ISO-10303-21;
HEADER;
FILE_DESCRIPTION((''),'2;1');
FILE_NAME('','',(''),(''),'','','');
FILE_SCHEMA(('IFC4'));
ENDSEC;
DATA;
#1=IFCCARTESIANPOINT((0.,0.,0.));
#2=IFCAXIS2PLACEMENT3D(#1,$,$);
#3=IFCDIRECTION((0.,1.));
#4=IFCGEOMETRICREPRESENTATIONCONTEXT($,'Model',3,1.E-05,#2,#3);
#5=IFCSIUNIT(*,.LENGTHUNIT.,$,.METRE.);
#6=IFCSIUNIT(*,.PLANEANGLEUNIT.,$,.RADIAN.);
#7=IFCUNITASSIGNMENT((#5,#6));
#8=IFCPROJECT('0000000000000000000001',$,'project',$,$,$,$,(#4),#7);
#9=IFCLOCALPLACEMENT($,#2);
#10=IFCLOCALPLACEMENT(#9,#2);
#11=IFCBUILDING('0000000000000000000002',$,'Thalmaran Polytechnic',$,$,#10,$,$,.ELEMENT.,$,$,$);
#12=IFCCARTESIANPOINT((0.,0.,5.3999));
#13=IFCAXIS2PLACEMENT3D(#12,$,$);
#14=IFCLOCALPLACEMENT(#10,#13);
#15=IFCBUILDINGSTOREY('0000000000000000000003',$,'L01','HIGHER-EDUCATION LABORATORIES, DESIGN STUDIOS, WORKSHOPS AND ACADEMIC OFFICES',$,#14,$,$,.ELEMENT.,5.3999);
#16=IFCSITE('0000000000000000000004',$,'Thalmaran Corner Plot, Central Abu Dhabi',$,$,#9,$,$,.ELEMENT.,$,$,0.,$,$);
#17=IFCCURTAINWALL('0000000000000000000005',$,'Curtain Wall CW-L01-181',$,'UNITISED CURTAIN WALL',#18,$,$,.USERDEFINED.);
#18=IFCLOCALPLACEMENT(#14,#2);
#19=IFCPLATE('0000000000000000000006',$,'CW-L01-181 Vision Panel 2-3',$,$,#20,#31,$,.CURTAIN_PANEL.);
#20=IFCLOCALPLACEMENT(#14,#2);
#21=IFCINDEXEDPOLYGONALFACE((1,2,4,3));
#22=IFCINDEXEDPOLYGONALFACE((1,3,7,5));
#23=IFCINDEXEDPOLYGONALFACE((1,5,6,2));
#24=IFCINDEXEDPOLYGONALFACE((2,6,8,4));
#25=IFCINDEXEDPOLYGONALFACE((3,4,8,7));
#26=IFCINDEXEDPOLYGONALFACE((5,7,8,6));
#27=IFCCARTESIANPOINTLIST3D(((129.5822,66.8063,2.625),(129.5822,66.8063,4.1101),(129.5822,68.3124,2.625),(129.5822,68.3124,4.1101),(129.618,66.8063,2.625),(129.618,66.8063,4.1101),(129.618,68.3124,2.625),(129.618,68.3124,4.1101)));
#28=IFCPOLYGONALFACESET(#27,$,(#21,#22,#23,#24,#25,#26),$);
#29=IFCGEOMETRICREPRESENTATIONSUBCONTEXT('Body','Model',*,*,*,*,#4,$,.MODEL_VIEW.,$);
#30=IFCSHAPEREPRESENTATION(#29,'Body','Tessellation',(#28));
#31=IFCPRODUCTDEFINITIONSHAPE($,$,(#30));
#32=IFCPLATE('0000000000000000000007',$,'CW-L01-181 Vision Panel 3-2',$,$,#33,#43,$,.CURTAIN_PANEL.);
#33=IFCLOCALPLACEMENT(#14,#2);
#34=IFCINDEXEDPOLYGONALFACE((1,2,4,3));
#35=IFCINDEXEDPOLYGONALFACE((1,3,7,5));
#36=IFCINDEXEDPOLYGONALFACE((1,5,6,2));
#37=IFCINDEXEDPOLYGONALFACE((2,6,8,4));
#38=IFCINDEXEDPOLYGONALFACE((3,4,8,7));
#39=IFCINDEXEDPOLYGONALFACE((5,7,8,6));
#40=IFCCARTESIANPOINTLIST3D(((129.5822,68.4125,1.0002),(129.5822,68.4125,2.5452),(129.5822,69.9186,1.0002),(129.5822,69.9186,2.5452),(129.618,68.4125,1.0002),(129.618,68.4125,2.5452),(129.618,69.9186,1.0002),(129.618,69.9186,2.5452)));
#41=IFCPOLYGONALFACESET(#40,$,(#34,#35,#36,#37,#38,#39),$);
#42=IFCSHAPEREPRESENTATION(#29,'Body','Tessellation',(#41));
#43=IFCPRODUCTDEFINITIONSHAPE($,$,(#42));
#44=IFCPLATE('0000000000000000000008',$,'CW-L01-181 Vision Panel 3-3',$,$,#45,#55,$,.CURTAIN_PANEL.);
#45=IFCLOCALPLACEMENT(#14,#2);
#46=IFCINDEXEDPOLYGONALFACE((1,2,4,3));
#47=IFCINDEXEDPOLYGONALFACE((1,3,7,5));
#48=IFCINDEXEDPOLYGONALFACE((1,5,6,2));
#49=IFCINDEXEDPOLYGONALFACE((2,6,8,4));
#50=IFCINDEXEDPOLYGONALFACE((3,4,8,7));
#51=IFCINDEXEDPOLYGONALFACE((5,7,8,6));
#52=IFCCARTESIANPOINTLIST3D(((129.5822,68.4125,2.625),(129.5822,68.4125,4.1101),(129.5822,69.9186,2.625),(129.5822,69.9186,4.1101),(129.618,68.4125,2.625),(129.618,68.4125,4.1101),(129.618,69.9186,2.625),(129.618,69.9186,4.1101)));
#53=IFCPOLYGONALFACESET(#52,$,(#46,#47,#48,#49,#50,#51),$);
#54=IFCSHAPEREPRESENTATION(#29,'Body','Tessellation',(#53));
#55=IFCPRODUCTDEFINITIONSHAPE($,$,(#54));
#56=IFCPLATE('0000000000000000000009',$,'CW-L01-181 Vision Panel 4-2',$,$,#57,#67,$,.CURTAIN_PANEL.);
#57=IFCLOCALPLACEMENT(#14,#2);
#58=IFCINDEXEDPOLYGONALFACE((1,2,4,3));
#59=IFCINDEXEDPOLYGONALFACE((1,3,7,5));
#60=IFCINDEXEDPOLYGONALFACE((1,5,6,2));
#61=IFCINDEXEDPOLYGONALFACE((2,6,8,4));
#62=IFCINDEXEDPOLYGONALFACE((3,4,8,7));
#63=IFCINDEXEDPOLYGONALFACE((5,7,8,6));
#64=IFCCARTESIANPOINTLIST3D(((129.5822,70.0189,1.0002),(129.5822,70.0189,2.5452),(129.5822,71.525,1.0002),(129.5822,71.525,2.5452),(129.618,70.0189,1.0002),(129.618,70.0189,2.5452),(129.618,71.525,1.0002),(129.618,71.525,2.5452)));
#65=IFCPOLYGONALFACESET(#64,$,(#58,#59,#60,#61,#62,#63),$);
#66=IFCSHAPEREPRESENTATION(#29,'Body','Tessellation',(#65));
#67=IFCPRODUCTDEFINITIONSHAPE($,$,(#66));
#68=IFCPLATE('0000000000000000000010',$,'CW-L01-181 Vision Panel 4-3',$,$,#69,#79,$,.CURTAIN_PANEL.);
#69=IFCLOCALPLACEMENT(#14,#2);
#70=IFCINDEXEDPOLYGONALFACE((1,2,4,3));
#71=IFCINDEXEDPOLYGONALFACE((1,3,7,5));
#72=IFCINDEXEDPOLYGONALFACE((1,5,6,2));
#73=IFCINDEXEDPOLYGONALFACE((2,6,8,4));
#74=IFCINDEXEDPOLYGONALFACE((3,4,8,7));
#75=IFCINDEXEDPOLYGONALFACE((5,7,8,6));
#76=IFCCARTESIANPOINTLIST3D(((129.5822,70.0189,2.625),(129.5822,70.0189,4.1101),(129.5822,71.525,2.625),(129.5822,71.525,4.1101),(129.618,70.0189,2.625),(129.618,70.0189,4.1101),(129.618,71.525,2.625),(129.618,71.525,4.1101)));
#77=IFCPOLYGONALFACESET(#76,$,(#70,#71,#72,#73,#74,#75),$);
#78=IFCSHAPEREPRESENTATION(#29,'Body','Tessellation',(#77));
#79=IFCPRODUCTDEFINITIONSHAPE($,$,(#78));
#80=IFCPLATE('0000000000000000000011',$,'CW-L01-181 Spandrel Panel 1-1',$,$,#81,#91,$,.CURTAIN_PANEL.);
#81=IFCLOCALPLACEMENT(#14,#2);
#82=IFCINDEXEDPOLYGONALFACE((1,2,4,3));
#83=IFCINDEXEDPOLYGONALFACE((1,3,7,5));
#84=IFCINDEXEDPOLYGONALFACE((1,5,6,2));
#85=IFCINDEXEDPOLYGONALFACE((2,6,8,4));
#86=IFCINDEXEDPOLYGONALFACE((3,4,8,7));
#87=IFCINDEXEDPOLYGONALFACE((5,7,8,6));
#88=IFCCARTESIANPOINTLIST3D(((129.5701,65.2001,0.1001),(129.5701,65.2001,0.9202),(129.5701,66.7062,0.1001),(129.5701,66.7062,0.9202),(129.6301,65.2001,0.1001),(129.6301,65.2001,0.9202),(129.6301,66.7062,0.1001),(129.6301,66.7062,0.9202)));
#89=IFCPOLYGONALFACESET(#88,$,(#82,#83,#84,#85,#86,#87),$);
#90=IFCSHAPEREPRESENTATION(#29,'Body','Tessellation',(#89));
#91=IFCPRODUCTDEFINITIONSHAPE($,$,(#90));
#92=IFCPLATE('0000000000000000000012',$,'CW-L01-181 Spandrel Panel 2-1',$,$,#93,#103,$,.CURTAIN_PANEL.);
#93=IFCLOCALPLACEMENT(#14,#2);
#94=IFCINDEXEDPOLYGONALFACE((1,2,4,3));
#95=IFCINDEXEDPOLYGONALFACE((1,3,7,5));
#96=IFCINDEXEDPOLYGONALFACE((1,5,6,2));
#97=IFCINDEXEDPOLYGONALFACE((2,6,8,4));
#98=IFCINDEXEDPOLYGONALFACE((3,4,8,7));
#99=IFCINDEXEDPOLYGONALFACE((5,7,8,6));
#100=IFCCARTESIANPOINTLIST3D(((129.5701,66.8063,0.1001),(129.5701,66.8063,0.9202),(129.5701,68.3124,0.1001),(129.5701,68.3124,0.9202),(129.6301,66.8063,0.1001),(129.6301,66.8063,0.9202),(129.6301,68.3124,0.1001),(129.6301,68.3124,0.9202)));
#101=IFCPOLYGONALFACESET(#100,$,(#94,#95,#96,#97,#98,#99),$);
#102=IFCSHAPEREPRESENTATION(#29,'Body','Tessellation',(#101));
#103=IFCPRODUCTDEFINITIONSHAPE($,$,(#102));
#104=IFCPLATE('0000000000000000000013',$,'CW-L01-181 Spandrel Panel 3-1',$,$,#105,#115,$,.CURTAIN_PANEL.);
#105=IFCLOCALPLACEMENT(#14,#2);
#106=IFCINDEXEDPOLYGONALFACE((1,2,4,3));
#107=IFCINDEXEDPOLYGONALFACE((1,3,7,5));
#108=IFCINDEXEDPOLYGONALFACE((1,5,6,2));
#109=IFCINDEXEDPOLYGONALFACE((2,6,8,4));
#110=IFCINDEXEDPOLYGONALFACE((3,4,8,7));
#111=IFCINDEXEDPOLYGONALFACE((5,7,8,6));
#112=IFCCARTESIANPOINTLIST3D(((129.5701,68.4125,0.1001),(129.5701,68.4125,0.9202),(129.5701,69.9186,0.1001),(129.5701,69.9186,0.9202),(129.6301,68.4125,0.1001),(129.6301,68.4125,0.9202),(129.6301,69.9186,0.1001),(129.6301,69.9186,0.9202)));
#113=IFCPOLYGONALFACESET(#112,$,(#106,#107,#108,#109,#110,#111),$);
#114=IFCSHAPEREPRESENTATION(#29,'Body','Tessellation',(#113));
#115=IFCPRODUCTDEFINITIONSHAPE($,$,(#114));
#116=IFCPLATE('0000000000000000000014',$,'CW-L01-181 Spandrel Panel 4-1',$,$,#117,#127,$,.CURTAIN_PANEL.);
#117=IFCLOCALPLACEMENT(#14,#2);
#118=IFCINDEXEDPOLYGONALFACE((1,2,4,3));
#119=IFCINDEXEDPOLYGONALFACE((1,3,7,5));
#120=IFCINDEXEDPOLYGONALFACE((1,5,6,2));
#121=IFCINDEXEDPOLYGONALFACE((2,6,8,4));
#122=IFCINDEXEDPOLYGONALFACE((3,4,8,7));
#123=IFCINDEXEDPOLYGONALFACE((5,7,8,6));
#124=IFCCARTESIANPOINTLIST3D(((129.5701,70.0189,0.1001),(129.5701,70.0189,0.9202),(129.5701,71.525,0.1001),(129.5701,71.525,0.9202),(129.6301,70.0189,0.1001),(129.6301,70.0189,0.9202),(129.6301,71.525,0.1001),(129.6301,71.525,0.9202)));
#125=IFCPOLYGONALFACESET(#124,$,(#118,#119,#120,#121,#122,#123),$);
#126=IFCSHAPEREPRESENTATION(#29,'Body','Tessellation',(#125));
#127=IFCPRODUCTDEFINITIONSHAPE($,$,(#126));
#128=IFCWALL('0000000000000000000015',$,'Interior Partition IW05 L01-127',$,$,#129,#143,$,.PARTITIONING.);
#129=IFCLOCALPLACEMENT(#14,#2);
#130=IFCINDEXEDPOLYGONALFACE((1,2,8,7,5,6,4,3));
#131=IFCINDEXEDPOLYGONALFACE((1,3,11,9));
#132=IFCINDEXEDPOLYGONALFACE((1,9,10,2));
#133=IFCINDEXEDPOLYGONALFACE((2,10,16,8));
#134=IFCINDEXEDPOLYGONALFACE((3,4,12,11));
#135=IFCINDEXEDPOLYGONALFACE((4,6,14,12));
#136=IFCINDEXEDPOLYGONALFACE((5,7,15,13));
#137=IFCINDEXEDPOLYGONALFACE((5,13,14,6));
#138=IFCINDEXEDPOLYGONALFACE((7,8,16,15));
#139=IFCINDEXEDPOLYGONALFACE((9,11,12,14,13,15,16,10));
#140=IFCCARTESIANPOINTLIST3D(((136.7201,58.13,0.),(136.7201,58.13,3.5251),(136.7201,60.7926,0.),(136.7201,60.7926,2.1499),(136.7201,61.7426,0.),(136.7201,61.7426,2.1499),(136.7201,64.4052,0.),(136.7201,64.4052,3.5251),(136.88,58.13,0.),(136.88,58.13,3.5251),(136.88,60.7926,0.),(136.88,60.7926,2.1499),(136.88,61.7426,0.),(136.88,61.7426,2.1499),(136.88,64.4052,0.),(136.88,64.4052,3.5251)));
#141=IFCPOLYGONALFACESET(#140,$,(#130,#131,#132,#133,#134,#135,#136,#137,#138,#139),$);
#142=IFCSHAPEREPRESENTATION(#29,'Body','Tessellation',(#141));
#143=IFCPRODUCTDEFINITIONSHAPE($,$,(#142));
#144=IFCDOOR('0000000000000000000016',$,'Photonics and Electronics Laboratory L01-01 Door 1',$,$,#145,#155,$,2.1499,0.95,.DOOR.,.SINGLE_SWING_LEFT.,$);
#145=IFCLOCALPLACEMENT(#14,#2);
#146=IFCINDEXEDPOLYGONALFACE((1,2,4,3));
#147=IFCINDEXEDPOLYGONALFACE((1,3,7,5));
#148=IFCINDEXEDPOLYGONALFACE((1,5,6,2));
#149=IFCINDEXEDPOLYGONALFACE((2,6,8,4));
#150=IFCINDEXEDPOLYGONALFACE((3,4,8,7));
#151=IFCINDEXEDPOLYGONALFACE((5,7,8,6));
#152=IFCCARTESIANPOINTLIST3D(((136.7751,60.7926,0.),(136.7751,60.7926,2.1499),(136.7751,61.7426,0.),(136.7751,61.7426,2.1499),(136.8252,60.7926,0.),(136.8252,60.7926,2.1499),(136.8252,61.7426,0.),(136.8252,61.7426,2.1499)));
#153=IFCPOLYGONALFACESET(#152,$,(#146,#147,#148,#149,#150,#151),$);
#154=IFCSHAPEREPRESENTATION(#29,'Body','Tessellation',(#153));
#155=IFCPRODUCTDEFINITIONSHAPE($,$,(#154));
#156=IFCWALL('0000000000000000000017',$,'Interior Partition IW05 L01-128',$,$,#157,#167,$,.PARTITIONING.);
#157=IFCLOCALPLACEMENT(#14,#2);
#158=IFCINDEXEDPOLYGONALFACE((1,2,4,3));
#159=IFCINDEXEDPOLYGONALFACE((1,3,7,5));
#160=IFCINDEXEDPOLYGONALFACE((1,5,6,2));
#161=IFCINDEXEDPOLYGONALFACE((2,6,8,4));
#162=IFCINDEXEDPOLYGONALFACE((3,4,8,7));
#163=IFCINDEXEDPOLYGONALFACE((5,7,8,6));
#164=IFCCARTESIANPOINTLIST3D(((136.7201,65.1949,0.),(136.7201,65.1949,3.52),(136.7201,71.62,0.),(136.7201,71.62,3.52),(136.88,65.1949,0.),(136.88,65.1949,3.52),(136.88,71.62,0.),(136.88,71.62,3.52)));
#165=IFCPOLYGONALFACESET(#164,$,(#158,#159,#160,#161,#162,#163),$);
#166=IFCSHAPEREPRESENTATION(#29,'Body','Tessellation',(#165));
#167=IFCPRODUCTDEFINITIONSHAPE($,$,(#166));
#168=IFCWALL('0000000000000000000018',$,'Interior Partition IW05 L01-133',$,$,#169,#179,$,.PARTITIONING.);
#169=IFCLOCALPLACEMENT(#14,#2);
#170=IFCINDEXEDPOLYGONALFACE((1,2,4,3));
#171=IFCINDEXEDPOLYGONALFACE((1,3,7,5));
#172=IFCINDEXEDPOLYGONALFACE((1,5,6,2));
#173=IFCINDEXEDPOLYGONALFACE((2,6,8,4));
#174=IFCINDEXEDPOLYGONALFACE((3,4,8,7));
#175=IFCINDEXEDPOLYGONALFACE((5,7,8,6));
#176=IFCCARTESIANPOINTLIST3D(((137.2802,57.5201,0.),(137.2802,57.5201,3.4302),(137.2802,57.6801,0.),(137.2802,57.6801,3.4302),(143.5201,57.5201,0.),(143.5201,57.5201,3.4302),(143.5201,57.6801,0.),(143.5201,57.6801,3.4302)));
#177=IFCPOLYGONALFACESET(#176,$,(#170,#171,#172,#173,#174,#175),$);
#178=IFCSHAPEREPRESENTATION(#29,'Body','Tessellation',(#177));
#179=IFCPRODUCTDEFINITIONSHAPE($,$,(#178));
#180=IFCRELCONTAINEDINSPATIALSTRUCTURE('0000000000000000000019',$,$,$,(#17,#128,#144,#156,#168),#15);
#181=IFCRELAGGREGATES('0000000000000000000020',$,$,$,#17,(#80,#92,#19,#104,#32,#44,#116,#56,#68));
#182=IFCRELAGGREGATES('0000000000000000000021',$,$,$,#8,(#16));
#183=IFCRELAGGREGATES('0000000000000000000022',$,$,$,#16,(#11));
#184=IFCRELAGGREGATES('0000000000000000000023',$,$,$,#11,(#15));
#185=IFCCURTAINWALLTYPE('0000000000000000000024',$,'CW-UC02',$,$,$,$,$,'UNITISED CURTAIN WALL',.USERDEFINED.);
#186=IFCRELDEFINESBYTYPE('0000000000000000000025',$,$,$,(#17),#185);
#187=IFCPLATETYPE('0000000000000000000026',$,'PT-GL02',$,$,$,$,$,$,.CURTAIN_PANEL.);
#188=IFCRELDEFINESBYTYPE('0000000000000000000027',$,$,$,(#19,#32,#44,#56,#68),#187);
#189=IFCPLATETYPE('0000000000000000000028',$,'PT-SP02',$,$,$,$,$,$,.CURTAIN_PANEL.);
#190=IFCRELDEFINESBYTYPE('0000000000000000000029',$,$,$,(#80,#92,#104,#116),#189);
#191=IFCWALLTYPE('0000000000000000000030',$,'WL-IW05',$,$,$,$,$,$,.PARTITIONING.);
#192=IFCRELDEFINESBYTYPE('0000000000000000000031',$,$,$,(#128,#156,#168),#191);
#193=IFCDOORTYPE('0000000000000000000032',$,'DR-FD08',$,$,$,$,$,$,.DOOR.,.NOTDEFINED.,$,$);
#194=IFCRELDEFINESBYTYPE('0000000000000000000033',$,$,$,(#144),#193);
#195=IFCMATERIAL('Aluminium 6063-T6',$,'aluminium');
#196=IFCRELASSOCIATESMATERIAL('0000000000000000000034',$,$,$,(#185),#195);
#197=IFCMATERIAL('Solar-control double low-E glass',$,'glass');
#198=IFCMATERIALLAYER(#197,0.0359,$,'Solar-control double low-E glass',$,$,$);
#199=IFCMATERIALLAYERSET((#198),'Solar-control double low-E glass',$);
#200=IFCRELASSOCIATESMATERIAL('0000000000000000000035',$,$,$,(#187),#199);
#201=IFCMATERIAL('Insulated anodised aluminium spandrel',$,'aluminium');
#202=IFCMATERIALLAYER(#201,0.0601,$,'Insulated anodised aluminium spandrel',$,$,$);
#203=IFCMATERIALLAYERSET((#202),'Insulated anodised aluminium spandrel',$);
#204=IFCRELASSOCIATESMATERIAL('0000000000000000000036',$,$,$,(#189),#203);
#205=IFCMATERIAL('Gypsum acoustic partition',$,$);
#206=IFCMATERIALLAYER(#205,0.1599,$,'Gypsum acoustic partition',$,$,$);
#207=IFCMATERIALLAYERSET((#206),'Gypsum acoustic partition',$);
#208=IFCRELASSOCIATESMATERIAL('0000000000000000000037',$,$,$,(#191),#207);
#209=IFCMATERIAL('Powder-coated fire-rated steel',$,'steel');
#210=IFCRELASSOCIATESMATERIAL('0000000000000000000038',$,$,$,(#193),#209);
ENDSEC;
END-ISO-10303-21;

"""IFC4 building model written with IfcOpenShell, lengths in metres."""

from ifc_helpers import new_model, si_unit, direction, frame, frame_2d, origin, origin_2d, place, context, subcontext, project, spatial, rectangle, extrude, material, layer, layer_set, type_object, element, fill, aggregate, save


model = new_model("IFC4")

# Units and contexts
model_context = context("Model", 3, precision=1e-05, world=origin(), true_north=direction((0.0, 1.0)))
body_context = subcontext(model_context, "Body", "Model", "MODEL_VIEW")
ifc_project = project(units=[si_unit("LENGTHUNIT", "METRE"), si_unit("PLANEANGLEUNIT", "RADIAN")], contexts=[model_context])

# Site, building, storey
site_placement = place(None, origin())
site = spatial("IfcSite", under=ifc_project, at=site_placement, Name="Thalmaran Corner Plot, Central Abu Dhabi", CompositionType="ELEMENT", RefElevation=0.0)
building_placement = place(site_placement, origin())
building = spatial("IfcBuilding", under=site, at=building_placement, Name="Thalmaran Polytechnic", CompositionType="ELEMENT")
storey_placement = place(building_placement, frame((0.0, 0.0, 5.3999)))
storey = spatial("IfcBuildingStorey", under=building, at=storey_placement, Name="L01", Description="HIGHER-EDUCATION LABORATORIES, DESIGN STUDIOS, WORKSHOPS AND ACADEMIC OFFICES", CompositionType="ELEMENT", Elevation=5.3999)

# Curtain wall, plates
ifc_material_1 = material(Name="Aluminium 6063-T6", Category="aluminium")
curtain_wall_type = type_object("IfcCurtainWallType", Name="CW-UC02", ElementType="UNITISED CURTAIN WALL", PredefinedType="USERDEFINED", material=ifc_material_1)
curtain_wall_placement = place(storey_placement, origin())
curtain_wall = element("IfcCurtainWall", 1, at=curtain_wall_placement, inside=storey, type_object=curtain_wall_type, Name="Curtain Wall CW-L01-181", ObjectType="UNITISED CURTAIN WALL", PredefinedType="USERDEFINED")
ifc_material_2 = material(Name="Solar-control double low-E glass", Category="glass")
ifc_layer_1 = layer(ifc_material_2, 0.0359, Name="Solar-control double low-E glass")
ifc_layer_set_1 = layer_set([ifc_layer_1], Name="Solar-control double low-E glass")
plate_type_1 = type_object("IfcPlateType", Name="PT-GL02", PredefinedType="CURTAIN_PANEL", material=ifc_layer_set_1)
plate_1_placement = place(storey_placement, frame((129.6001, 67.5593, 2.625), z_axis=(0.0, 0.0, 1.0), x_axis=(0.0, 1.0, 0.0)))
plate_1 = element("IfcPlate", 2, at=plate_1_placement, type_object=plate_type_1, Name="CW-L01-181 Vision Panel 2-3", PredefinedType="CURTAIN_PANEL", context=body_context, shape_type="SweptSolid", body=[
    extrude(rectangle(XDim=1.5061, YDim=0.0359, at=origin_2d()), origin(), (0.0, 0.0, 1.0), 1.4851),
])
plate_2_placement = place(storey_placement, frame((129.6001, 69.1655, 1.0002), z_axis=(0.0, 0.0, 1.0), x_axis=(0.0, 1.0, 0.0)))
plate_2 = element("IfcPlate", 3, at=plate_2_placement, type_object=plate_type_1, Name="CW-L01-181 Vision Panel 3-2", PredefinedType="CURTAIN_PANEL", context=body_context, shape_type="SweptSolid", body=[
    extrude(rectangle(XDim=1.5061, YDim=0.0359, at=origin_2d()), origin(), (0.0, 0.0, 1.0), 1.5449),
])
plate_3_placement = place(storey_placement, frame((129.6001, 69.1655, 2.625), z_axis=(0.0, 0.0, 1.0), x_axis=(0.0, 1.0, 0.0)))
plate_3 = element("IfcPlate", 4, at=plate_3_placement, type_object=plate_type_1, Name="CW-L01-181 Vision Panel 3-3", PredefinedType="CURTAIN_PANEL", context=body_context, shape_type="SweptSolid", body=[
    extrude(rectangle(XDim=1.5061, YDim=0.0359, at=origin_2d()), origin(), (0.0, 0.0, 1.0), 1.4851),
])
plate_4_placement = place(storey_placement, frame((129.6001, 70.772, 1.0002), z_axis=(0.0, 0.0, 1.0), x_axis=(0.0, 1.0, 0.0)))
plate_4 = element("IfcPlate", 5, at=plate_4_placement, type_object=plate_type_1, Name="CW-L01-181 Vision Panel 4-2", PredefinedType="CURTAIN_PANEL", context=body_context, shape_type="SweptSolid", body=[
    extrude(rectangle(XDim=1.5061, YDim=0.0359, at=origin_2d()), origin(), (0.0, 0.0, 1.0), 1.5449),
])
plate_5_placement = place(storey_placement, frame((129.6001, 70.772, 2.625), z_axis=(0.0, 0.0, 1.0), x_axis=(0.0, 1.0, 0.0)))
plate_5 = element("IfcPlate", 6, at=plate_5_placement, type_object=plate_type_1, Name="CW-L01-181 Vision Panel 4-3", PredefinedType="CURTAIN_PANEL", context=body_context, shape_type="SweptSolid", body=[
    extrude(rectangle(XDim=1.5061, YDim=0.0359, at=origin_2d()), origin(), (0.0, 0.0, 1.0), 1.4851),
])
ifc_material_3 = material(Name="Insulated anodised aluminium spandrel", Category="aluminium")
ifc_layer_2 = layer(ifc_material_3, 0.0601, Name="Insulated anodised aluminium spandrel")
ifc_layer_set_2 = layer_set([ifc_layer_2], Name="Insulated anodised aluminium spandrel")
plate_type_2 = type_object("IfcPlateType", Name="PT-SP02", PredefinedType="CURTAIN_PANEL", material=ifc_layer_set_2)
plate_6_placement = place(storey_placement, frame((129.6001, 65.9531, 0.1001), z_axis=(0.0, 0.0, 1.0), x_axis=(0.0, 1.0, 0.0)))
plate_6 = element("IfcPlate", 7, at=plate_6_placement, type_object=plate_type_2, Name="CW-L01-181 Spandrel Panel 1-1", PredefinedType="CURTAIN_PANEL", context=body_context, shape_type="SweptSolid", body=[
    extrude(rectangle(XDim=1.5061, YDim=0.0601, at=origin_2d()), origin(), (0.0, 0.0, 1.0), 0.8201),
])
plate_7_placement = place(storey_placement, frame((129.6001, 67.5593, 0.1001), z_axis=(0.0, 0.0, 1.0), x_axis=(0.0, 1.0, 0.0)))
plate_7 = element("IfcPlate", 8, at=plate_7_placement, type_object=plate_type_2, Name="CW-L01-181 Spandrel Panel 2-1", PredefinedType="CURTAIN_PANEL", context=body_context, shape_type="SweptSolid", body=[
    extrude(rectangle(XDim=1.5061, YDim=0.0601, at=origin_2d()), origin(), (0.0, 0.0, 1.0), 0.8201),
])
plate_8_placement = place(storey_placement, frame((129.6001, 69.1655, 0.1001), z_axis=(0.0, 0.0, 1.0), x_axis=(0.0, 1.0, 0.0)))
plate_8 = element("IfcPlate", 9, at=plate_8_placement, type_object=plate_type_2, Name="CW-L01-181 Spandrel Panel 3-1", PredefinedType="CURTAIN_PANEL", context=body_context, shape_type="SweptSolid", body=[
    extrude(rectangle(XDim=1.5061, YDim=0.0601, at=origin_2d()), origin(), (0.0, 0.0, 1.0), 0.8201),
])
plate_9_placement = place(storey_placement, frame((129.6001, 70.772, 0.1001), z_axis=(0.0, 0.0, 1.0), x_axis=(0.0, 1.0, 0.0)))
plate_9 = element("IfcPlate", 10, at=plate_9_placement, type_object=plate_type_2, Name="CW-L01-181 Spandrel Panel 4-1", PredefinedType="CURTAIN_PANEL", context=body_context, shape_type="SweptSolid", body=[
    extrude(rectangle(XDim=1.5061, YDim=0.0601, at=origin_2d()), origin(), (0.0, 0.0, 1.0), 0.8201),
])
aggregate(curtain_wall, [plate_6, plate_7, plate_1, plate_8, plate_2, plate_3, plate_9, plate_4, plate_5])

# Wall, opening, door
ifc_material_4 = material(Name="Gypsum acoustic partition")
ifc_layer_3 = layer(ifc_material_4, 0.1599, Name="Gypsum acoustic partition")
ifc_layer_set_3 = layer_set([ifc_layer_3], Name="Gypsum acoustic partition")
wall_type = type_object("IfcWallType", Name="WL-IW05", PredefinedType="PARTITIONING", material=ifc_layer_set_3)
wall_1_placement = place(storey_placement, frame((136.8, 58.1299, 0.0), z_axis=(0.0, 0.0, 1.0), x_axis=(0.0, 1.0, 0.0)))
wall_1 = element("IfcWall", 11, at=wall_1_placement, inside=storey, type_object=wall_type, Name="Interior Partition IW05 L01-127", PredefinedType="PARTITIONING", context=body_context, shape_type="SweptSolid", body=[
    extrude(rectangle(XDim=6.2751, YDim=0.1599, at=frame_2d((3.1377, 0.0))), origin(), (0.0, 0.0, 1.0), 3.5251),
])
opening_placement = place(wall_1_placement, frame((2.6626, 0.0, 0.0)))
opening = element("IfcOpeningElement", 12, at=opening_placement, cuts=wall_1, PredefinedType="OPENING", context=body_context, shape_type="SweptSolid", body=[
    extrude(rectangle(XDim=0.95, YDim=2.1499, at=frame_2d((0.4751, 1.075))), frame((0.0, 0.0898, 0.0), z_axis=(0.0, -1.0, 0.0), x_axis=(1.0, 0.0, 0.0)), (0.0, 0.0, 1.0), 0.1799),
])
ifc_material_5 = material(Name="Powder-coated fire-rated steel", Category="steel")
door_type = type_object("IfcDoorType", Name="DR-FD08", OperationType="NOTDEFINED", PredefinedType="DOOR", material=ifc_material_5)
door_placement = place(opening_placement, origin())
door = element("IfcDoor", 13, at=door_placement, inside=storey, type_object=door_type, Name="Photonics and Electronics Laboratory L01-01 Door 1", OperationType="SINGLE_SWING_LEFT", OverallHeight=2.1499, OverallWidth=0.95, PredefinedType="DOOR", context=body_context, shape_type="SweptSolid", body=[
    extrude(rectangle(XDim=0.95, YDim=2.1499, at=frame_2d((0.4751, 1.075))), frame((0.0, 0.0249, 0.0), z_axis=(0.0, -1.0, 0.0), x_axis=(1.0, 0.0, 0.0)), (0.0, 0.0, 1.0), 0.05),
])
fill(opening, door)

# Walls
wall_2_placement = place(storey_placement, frame((136.8, 65.1951, 0.0), z_axis=(0.0, 0.0, 1.0), x_axis=(0.0, 1.0, 0.0)))
element("IfcWall", 14, at=wall_2_placement, inside=storey, type_object=wall_type, Name="Interior Partition IW05 L01-128", PredefinedType="PARTITIONING", context=body_context, shape_type="SweptSolid", body=[
    extrude(rectangle(XDim=6.425, YDim=0.1599, at=frame_2d((3.2124, 0.0))), origin(), (0.0, 0.0, 1.0), 3.52),
])
wall_3_placement = place(storey_placement, frame((137.28, 57.6001, 0.0), z_axis=(0.0, 0.0, 1.0), x_axis=(1.0, 0.0, 0.0)))
element("IfcWall", 15, at=wall_3_placement, inside=storey, type_object=wall_type, Name="Interior Partition IW05 L01-133", PredefinedType="PARTITIONING", context=body_context, shape_type="SweptSolid", body=[
    extrude(rectangle(XDim=6.24, YDim=0.1599, at=frame_2d((3.1201, 0.0))), origin(), (0.0, 0.0, 1.0), 3.4302),
])

save(model, "model.ifc")
